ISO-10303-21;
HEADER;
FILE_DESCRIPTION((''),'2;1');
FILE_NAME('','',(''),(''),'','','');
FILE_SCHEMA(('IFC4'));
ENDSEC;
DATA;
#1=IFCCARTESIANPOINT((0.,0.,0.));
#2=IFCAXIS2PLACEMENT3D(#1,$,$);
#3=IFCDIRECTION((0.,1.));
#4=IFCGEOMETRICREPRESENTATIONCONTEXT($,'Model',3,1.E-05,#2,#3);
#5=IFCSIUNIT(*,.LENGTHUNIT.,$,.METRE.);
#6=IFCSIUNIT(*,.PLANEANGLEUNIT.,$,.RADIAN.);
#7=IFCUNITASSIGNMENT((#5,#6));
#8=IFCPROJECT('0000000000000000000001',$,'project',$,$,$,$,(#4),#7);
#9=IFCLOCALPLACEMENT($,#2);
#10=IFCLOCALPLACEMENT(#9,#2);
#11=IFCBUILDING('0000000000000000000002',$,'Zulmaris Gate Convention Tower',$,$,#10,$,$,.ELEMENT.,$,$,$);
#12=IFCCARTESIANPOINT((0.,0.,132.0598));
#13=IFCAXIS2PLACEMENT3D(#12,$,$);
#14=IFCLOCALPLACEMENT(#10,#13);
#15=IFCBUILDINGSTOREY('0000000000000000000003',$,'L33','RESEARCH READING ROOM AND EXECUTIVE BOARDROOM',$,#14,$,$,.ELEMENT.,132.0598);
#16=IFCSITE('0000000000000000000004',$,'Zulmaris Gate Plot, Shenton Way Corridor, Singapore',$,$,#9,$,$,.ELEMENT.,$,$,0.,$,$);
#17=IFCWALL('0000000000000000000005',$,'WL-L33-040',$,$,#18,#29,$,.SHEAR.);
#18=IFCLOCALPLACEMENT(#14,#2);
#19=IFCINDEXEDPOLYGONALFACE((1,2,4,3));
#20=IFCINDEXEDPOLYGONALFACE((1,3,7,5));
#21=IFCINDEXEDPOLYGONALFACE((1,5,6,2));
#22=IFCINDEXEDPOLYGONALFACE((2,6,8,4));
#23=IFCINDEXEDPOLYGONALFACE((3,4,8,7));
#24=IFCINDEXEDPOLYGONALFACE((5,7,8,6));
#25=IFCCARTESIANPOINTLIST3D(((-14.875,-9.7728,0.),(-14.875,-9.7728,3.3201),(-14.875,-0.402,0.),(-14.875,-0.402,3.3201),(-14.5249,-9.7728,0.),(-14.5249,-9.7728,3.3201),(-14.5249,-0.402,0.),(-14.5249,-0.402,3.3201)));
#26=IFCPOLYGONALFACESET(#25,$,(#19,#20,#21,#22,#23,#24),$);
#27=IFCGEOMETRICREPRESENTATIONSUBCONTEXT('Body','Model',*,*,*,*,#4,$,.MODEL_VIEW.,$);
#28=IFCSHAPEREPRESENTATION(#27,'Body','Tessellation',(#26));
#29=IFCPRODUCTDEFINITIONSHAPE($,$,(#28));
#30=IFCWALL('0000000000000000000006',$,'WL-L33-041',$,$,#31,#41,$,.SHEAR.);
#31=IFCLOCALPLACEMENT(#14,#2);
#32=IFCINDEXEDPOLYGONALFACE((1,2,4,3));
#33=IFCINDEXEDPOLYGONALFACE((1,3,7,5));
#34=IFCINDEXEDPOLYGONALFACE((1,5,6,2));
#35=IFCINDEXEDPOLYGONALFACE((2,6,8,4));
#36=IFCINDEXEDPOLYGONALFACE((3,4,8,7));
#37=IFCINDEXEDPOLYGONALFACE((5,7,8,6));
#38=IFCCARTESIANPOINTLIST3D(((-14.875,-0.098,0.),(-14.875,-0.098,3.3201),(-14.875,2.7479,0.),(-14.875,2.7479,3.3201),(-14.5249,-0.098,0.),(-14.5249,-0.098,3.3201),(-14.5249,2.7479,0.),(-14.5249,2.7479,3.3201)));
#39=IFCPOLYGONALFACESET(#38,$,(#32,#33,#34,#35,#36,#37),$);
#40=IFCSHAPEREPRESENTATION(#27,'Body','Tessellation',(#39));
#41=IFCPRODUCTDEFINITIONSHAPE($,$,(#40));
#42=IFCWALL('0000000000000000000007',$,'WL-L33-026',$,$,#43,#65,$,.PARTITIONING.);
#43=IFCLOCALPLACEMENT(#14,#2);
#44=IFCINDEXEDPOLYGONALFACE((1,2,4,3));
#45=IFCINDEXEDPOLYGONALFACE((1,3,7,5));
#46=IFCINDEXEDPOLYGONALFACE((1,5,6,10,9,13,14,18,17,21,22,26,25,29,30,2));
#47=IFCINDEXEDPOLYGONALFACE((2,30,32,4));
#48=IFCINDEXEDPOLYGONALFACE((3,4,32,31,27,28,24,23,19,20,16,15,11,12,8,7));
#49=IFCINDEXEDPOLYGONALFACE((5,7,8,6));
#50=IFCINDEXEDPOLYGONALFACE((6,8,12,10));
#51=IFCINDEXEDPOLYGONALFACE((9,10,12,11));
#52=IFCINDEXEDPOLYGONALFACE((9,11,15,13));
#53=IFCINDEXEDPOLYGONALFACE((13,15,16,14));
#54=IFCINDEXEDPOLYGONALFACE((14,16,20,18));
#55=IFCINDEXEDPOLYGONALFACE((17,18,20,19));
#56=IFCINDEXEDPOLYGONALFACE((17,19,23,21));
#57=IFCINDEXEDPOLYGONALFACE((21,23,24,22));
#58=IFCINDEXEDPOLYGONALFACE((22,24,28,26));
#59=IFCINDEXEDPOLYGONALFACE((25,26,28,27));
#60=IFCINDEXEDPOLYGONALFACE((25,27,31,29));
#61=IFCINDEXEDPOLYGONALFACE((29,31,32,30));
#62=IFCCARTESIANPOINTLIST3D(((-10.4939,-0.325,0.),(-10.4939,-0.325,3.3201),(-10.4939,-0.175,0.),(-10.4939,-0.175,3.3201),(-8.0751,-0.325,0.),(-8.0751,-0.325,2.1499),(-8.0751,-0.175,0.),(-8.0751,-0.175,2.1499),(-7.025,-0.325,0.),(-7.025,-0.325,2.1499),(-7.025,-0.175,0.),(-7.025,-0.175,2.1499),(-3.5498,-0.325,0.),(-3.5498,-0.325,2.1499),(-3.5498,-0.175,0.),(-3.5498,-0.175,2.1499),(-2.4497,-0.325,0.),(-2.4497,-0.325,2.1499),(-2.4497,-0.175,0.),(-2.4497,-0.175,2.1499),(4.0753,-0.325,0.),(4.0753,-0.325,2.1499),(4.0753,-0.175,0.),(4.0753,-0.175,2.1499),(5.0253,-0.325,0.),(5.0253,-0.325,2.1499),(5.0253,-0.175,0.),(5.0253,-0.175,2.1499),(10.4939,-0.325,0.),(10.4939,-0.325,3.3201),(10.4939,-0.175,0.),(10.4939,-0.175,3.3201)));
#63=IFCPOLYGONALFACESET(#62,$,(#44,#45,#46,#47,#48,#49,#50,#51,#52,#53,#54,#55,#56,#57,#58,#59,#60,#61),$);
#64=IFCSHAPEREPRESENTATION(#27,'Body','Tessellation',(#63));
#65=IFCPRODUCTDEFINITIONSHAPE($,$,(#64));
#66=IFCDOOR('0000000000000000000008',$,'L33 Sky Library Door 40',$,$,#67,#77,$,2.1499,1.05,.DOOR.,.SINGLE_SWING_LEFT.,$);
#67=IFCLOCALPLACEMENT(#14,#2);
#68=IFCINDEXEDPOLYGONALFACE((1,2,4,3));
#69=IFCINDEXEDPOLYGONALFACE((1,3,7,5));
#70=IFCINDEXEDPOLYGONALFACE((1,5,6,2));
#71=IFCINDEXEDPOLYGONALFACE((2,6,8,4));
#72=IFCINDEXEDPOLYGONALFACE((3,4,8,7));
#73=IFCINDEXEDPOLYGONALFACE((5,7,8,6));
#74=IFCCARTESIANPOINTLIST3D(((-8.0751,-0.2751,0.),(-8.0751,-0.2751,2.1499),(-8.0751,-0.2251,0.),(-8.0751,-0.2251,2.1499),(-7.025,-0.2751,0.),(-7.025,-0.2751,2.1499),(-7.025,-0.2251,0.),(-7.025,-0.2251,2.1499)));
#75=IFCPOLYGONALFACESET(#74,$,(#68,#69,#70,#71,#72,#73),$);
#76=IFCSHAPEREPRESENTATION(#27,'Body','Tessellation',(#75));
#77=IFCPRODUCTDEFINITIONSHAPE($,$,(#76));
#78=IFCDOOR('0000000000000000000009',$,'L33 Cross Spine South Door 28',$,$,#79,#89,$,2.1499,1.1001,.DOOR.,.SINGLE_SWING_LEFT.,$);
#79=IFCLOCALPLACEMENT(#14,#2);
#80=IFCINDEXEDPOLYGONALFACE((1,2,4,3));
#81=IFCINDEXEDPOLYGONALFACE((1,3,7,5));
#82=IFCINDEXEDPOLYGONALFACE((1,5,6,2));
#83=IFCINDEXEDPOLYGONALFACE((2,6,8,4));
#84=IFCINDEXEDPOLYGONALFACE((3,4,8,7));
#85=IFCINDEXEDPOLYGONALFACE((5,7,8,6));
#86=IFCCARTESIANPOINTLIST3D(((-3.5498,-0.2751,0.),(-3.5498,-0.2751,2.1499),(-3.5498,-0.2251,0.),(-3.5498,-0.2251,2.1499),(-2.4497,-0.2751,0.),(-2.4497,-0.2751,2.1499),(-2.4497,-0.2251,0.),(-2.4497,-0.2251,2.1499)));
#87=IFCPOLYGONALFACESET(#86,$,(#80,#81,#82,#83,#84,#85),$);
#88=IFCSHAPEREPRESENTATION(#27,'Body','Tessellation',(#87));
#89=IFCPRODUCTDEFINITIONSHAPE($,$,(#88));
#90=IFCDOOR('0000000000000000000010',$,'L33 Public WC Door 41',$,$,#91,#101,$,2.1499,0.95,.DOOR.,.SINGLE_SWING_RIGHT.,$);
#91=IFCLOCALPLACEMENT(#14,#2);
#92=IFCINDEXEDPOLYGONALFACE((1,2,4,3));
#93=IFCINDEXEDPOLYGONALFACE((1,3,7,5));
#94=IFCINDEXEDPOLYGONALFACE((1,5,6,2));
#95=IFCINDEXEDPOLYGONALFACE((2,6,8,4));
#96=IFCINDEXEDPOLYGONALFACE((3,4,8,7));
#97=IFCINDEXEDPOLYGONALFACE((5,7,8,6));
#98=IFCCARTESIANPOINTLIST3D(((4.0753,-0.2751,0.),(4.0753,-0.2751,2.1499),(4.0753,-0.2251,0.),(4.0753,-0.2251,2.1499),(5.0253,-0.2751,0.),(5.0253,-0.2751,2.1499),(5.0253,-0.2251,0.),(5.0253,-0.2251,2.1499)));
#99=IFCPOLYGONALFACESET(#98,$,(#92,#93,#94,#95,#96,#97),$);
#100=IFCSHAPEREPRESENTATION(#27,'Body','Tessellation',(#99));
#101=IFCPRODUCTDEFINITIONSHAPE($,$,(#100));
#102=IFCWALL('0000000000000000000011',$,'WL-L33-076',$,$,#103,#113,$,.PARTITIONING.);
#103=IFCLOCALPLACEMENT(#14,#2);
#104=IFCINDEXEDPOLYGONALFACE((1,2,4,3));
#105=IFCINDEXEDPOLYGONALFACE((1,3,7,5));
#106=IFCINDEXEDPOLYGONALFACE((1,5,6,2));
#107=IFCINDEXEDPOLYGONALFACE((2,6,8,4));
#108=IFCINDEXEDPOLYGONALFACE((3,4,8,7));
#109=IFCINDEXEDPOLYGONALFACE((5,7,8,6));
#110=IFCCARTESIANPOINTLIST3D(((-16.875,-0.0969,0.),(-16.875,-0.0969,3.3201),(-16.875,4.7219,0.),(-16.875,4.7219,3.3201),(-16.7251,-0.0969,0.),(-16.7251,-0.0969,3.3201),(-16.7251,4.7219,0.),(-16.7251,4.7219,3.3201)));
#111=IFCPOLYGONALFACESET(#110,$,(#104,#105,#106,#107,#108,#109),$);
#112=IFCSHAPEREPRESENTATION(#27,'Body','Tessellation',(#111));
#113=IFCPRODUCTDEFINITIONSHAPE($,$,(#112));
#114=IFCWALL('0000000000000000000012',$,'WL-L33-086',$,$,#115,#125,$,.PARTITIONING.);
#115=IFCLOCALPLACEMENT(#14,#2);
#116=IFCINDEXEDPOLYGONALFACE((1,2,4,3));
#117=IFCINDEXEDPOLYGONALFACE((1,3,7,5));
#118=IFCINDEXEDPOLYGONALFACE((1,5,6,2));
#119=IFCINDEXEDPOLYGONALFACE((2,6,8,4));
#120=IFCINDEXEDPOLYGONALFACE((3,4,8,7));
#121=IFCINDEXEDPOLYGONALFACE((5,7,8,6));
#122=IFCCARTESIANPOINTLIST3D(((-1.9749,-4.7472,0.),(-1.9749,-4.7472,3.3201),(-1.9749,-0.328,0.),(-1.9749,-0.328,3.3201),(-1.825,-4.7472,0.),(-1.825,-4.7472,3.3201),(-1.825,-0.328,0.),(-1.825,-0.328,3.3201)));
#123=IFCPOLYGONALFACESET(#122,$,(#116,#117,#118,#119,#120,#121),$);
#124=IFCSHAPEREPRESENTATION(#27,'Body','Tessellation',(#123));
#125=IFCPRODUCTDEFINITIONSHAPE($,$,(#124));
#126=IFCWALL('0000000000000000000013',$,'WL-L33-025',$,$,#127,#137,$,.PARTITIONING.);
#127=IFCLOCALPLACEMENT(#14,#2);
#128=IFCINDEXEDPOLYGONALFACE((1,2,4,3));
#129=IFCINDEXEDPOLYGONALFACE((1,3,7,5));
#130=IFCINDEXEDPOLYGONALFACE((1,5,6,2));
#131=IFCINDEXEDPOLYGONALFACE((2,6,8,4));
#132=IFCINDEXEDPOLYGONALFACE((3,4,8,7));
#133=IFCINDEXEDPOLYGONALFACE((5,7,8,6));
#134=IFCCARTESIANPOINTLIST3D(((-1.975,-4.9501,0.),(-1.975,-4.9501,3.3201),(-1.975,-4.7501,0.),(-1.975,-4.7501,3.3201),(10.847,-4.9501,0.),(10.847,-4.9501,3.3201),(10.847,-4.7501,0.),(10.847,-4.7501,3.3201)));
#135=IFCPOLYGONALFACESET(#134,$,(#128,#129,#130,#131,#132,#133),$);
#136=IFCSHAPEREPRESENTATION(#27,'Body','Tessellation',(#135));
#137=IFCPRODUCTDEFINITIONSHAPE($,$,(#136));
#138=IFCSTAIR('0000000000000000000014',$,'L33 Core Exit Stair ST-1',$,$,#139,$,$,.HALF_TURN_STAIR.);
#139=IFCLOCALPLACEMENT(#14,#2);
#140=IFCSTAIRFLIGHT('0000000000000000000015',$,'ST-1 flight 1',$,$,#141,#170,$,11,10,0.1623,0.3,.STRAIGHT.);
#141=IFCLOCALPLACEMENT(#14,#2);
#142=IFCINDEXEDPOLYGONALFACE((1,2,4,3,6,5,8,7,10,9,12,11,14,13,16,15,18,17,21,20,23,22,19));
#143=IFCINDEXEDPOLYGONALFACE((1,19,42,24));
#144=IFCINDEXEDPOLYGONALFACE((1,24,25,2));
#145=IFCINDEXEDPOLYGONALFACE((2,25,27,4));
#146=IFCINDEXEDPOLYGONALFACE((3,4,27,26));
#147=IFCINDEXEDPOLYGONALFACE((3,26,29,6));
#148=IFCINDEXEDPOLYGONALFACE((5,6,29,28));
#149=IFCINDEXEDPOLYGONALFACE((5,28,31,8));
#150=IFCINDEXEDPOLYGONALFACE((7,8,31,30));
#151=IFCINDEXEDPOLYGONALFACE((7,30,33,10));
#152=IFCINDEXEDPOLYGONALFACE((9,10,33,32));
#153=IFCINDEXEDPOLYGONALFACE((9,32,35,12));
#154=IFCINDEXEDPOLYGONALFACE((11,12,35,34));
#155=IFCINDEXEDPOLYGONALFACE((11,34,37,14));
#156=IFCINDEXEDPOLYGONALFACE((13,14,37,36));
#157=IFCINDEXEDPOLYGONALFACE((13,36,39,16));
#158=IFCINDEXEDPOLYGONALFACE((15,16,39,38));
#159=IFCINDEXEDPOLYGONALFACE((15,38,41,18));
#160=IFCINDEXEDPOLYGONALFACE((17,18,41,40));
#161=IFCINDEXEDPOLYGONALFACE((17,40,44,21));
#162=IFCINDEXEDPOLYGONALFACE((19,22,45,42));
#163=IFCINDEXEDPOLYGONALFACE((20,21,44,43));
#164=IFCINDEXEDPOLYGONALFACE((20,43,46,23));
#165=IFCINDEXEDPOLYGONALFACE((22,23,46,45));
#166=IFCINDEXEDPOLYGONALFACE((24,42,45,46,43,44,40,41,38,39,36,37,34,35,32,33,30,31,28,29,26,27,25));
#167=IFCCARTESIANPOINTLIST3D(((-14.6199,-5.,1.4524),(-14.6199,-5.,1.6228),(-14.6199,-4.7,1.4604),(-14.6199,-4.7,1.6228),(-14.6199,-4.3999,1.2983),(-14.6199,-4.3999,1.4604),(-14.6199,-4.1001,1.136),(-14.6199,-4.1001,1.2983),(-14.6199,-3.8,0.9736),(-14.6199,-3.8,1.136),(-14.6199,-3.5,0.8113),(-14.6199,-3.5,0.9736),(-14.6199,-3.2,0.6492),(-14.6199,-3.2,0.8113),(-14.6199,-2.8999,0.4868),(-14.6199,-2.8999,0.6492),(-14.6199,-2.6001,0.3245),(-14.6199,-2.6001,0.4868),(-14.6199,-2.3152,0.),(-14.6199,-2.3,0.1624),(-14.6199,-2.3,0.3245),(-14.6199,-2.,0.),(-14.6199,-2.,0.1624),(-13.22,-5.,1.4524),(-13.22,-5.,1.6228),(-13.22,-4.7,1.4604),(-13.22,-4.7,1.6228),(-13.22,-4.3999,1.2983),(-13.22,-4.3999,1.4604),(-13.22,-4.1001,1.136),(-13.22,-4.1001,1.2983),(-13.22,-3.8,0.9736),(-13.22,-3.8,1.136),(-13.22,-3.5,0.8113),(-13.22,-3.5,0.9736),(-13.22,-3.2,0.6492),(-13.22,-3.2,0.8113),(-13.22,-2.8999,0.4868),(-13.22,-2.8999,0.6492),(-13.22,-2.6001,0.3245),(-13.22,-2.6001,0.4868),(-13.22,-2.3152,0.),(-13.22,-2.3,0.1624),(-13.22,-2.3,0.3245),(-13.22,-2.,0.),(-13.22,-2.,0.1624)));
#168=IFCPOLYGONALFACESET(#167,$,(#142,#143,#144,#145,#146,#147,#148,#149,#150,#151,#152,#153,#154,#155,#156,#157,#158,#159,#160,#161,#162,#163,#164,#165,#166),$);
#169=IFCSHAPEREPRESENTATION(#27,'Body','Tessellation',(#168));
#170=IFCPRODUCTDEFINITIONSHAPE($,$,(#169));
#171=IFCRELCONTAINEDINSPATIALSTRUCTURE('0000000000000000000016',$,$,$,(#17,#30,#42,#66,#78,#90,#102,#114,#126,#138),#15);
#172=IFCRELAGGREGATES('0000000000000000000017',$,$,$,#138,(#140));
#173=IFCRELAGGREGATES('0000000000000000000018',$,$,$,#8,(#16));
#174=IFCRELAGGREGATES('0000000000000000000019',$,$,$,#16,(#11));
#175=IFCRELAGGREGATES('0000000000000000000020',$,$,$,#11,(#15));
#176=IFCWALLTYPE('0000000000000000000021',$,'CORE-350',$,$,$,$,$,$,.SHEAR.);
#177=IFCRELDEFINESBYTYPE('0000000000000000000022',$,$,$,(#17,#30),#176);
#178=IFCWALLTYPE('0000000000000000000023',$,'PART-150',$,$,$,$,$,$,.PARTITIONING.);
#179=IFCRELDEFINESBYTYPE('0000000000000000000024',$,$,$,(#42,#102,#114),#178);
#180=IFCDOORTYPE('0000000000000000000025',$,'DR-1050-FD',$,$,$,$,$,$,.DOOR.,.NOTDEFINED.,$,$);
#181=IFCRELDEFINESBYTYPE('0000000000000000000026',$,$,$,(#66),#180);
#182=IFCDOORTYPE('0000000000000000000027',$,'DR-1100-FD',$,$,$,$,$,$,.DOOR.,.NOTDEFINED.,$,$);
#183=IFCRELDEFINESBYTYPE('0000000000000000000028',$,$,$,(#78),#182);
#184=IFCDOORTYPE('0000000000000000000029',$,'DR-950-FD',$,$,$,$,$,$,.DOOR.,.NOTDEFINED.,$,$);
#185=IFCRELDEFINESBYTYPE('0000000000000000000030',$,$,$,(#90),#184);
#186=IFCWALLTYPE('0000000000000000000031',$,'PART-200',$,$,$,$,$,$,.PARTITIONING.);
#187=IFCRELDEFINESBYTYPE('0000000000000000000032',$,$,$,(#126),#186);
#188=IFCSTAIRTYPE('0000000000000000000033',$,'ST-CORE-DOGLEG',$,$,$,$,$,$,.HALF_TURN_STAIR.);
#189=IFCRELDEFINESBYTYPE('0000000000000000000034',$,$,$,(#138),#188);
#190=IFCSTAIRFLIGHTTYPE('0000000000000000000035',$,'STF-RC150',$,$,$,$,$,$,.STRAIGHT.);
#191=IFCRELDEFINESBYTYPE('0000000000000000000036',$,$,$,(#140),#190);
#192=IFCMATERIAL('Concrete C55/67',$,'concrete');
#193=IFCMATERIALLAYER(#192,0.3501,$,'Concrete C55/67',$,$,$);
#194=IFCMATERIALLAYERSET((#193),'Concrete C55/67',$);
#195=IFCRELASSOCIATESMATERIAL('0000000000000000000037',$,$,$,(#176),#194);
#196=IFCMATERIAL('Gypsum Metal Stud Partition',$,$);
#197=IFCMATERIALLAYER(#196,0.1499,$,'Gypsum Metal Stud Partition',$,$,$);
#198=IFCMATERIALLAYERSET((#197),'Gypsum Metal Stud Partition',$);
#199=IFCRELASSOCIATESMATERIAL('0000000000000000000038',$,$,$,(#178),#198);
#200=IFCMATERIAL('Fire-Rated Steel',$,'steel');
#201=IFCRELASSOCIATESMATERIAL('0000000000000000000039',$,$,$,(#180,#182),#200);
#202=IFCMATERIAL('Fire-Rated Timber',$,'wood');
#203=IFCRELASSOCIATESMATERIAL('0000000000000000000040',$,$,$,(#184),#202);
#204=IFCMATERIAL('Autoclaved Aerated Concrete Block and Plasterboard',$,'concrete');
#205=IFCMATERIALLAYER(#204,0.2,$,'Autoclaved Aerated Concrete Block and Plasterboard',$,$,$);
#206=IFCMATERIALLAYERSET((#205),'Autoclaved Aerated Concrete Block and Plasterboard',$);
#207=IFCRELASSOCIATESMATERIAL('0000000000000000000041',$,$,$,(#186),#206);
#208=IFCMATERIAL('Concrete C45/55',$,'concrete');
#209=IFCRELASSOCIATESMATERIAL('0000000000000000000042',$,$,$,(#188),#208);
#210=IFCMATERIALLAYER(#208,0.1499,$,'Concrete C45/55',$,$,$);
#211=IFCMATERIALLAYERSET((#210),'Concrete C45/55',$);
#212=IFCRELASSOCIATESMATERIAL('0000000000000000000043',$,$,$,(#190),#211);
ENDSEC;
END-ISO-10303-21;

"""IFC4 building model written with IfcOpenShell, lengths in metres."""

from ifc_helpers import new_model, si_unit, direction, frame, frame_2d, origin, place, context, subcontext, project, spatial, polyline, rectangle, outline, extrude, material, layer, layer_set, type_object, element, fill, aggregate, save


model = new_model("IFC4")

# Units and contexts
model_context = context("Model", 3, precision=1e-05, world=origin(), true_north=direction((0.0, 1.0)))
body_context = subcontext(model_context, "Body", "Model", "MODEL_VIEW")
ifc_project = project(units=[si_unit("LENGTHUNIT", "METRE"), si_unit("PLANEANGLEUNIT", "RADIAN")], contexts=[model_context])

# Site, building, storey
site_placement = place(None, origin())
site = spatial("IfcSite", under=ifc_project, at=site_placement, Name="Zulmaris Gate Plot, Shenton Way Corridor, Singapore", CompositionType="ELEMENT", RefElevation=0.0)
building_placement = place(site_placement, origin())
building = spatial("IfcBuilding", under=site, at=building_placement, Name="Zulmaris Gate Convention Tower", CompositionType="ELEMENT")
storey_placement = place(building_placement, frame((0.0, 0.0, 132.0598)))
storey = spatial("IfcBuildingStorey", under=building, at=storey_placement, Name="L33", Description="RESEARCH READING ROOM AND EXECUTIVE BOARDROOM", CompositionType="ELEMENT", Elevation=132.0598)

# Walls
ifc_material_1 = material(Name="Concrete C55/67", Category="concrete")
ifc_layer_1 = layer(ifc_material_1, 0.3501, Name="Concrete C55/67")
ifc_layer_set_1 = layer_set([ifc_layer_1], Name="Concrete C55/67")
wall_type_1 = type_object("IfcWallType", Name="CORE-350", PredefinedType="SHEAR", material=ifc_layer_set_1)
wall_1_placement = place(storey_placement, frame((-14.7, -9.7729, 0.0), z_axis=(0.0, 0.0, 1.0), x_axis=(0.0, 1.0, 0.0)))
element("IfcWall", 1, at=wall_1_placement, inside=storey, type_object=wall_type_1, Name="WL-L33-040", PredefinedType="SHEAR", context=body_context, shape_type="SweptSolid", body=[
    extrude(rectangle(XDim=9.3708, YDim=0.3501, at=frame_2d((4.6855, 0.0))), origin(), (0.0, 0.0, 1.0), 3.3201),
])
wall_2_placement = place(storey_placement, frame((-14.7, -0.0979, 0.0), z_axis=(0.0, 0.0, 1.0), x_axis=(0.0, 1.0, 0.0)))
element("IfcWall", 2, at=wall_2_placement, inside=storey, type_object=wall_type_1, Name="WL-L33-041", PredefinedType="SHEAR", context=body_context, shape_type="SweptSolid", body=[
    extrude(rectangle(XDim=2.8459, YDim=0.3501, at=frame_2d((1.4229, 0.0))), origin(), (0.0, 0.0, 1.0), 3.3201),
])

# Wall, openings, doors
ifc_material_2 = material(Name="Gypsum Metal Stud Partition")
ifc_layer_2 = layer(ifc_material_2, 0.1499, Name="Gypsum Metal Stud Partition")
ifc_layer_set_2 = layer_set([ifc_layer_2], Name="Gypsum Metal Stud Partition")
wall_type_2 = type_object("IfcWallType", Name="PART-150", PredefinedType="PARTITIONING", material=ifc_layer_set_2)
wall_3_placement = place(storey_placement, frame((-10.4939, -0.25, 0.0), z_axis=(0.0, 0.0, 1.0), x_axis=(1.0, 0.0, 0.0)))
wall_3 = element("IfcWall", 3, at=wall_3_placement, inside=storey, type_object=wall_type_2, Name="WL-L33-026", PredefinedType="PARTITIONING", context=body_context, shape_type="SweptSolid", body=[
    extrude(rectangle(XDim=20.9878, YDim=0.1499, at=frame_2d((10.4939, 0.0))), origin(), (0.0, 0.0, 1.0), 3.3201),
])
opening_1_placement = place(wall_3_placement, frame((6.9441, 0.0, 0.0)))
opening_1 = element("IfcOpeningElement", 4, at=opening_1_placement, cuts=wall_3, PredefinedType="OPENING", context=body_context, shape_type="SweptSolid", body=[
    extrude(rectangle(XDim=1.1001, YDim=2.1499, at=frame_2d((0.55, 1.075))), frame((0.0, 0.085, 0.0), z_axis=(0.0, -1.0, 0.0), x_axis=(1.0, 0.0, 0.0)), (0.0, 0.0, 1.0), 0.1699),
])
opening_2_placement = place(wall_3_placement, frame((2.4189, 0.0, 0.0)))
opening_2 = element("IfcOpeningElement", 5, at=opening_2_placement, cuts=wall_3, PredefinedType="OPENING", context=body_context, shape_type="SweptSolid", body=[
    extrude(rectangle(XDim=1.05, YDim=2.1499, at=frame_2d((0.5249, 1.075))), frame((0.0, 0.085, 0.0), z_axis=(0.0, -1.0, 0.0), x_axis=(1.0, 0.0, 0.0)), (0.0, 0.0, 1.0), 0.1699),
])
opening_3_placement = place(wall_3_placement, frame((14.5691, 0.0, 0.0)))
opening_3 = element("IfcOpeningElement", 6, at=opening_3_placement, cuts=wall_3, PredefinedType="OPENING", context=body_context, shape_type="SweptSolid", body=[
    extrude(rectangle(XDim=0.95, YDim=2.1499, at=frame_2d((0.4751, 1.075))), frame((0.0, 0.085, 0.0), z_axis=(0.0, -1.0, 0.0), x_axis=(1.0, 0.0, 0.0)), (0.0, 0.0, 1.0), 0.1699),
])
ifc_material_3 = material(Name="Fire-Rated Steel", Category="steel")
door_type_1 = type_object("IfcDoorType", Name="DR-1050-FD", OperationType="NOTDEFINED", PredefinedType="DOOR", material=ifc_material_3)
door_1_placement = place(opening_2_placement, origin())
door_1 = element("IfcDoor", 7, at=door_1_placement, inside=storey, type_object=door_type_1, Name="L33 Sky Library Door 40", OperationType="SINGLE_SWING_LEFT", OverallHeight=2.1499, OverallWidth=1.05, PredefinedType="DOOR", context=body_context, shape_type="SweptSolid", body=[
    extrude(rectangle(XDim=1.05, YDim=2.1499, at=frame_2d((0.5249, 1.075))), frame((0.0, 0.0249, 0.0), z_axis=(0.0, -1.0, 0.0), x_axis=(1.0, 0.0, 0.0)), (0.0, 0.0, 1.0), 0.05),
])
fill(opening_2, door_1)
door_type_2 = type_object("IfcDoorType", Name="DR-1100-FD", OperationType="NOTDEFINED", PredefinedType="DOOR", material=ifc_material_3)
door_2_placement = place(opening_1_placement, origin())
door_2 = element("IfcDoor", 8, at=door_2_placement, inside=storey, type_object=door_type_2, Name="L33 Cross Spine South Door 28", OperationType="SINGLE_SWING_LEFT", OverallHeight=2.1499, OverallWidth=1.1001, PredefinedType="DOOR", context=body_context, shape_type="SweptSolid", body=[
    extrude(rectangle(XDim=1.1001, YDim=2.1499, at=frame_2d((0.55, 1.075))), frame((0.0, 0.0249, 0.0), z_axis=(0.0, -1.0, 0.0), x_axis=(1.0, 0.0, 0.0)), (0.0, 0.0, 1.0), 0.05),
])
fill(opening_1, door_2)
ifc_material_4 = material(Name="Fire-Rated Timber", Category="wood")
door_type_3 = type_object("IfcDoorType", Name="DR-950-FD", OperationType="NOTDEFINED", PredefinedType="DOOR", material=ifc_material_4)
door_3_placement = place(opening_3_placement, origin())
door_3 = element("IfcDoor", 9, at=door_3_placement, inside=storey, type_object=door_type_3, Name="L33 Public WC Door 41", OperationType="SINGLE_SWING_RIGHT", OverallHeight=2.1499, OverallWidth=0.95, PredefinedType="DOOR", context=body_context, shape_type="SweptSolid", body=[
    extrude(rectangle(XDim=0.95, YDim=2.1499, at=frame_2d((0.4751, 1.075))), frame((0.0, 0.0249, 0.0), z_axis=(0.0, -1.0, 0.0), x_axis=(1.0, 0.0, 0.0)), (0.0, 0.0, 1.0), 0.05),
])
fill(opening_3, door_3)

# Walls
wall_4_placement = place(storey_placement, frame((-16.8, -0.0969, 0.0), z_axis=(0.0, 0.0, 1.0), x_axis=(0.0, 1.0, 0.0)))
element("IfcWall", 10, at=wall_4_placement, inside=storey, type_object=wall_type_2, Name="WL-L33-076", PredefinedType="PARTITIONING", context=body_context, shape_type="SweptSolid", body=[
    extrude(rectangle(XDim=4.8188, YDim=0.1499, at=frame_2d((2.4094, 0.0))), origin(), (0.0, 0.0, 1.0), 3.3201),
])
wall_5_placement = place(storey_placement, frame((-1.8999, -4.7471, 0.0), z_axis=(0.0, 0.0, 1.0), x_axis=(0.0, 1.0, 0.0)))
element("IfcWall", 11, at=wall_5_placement, inside=storey, type_object=wall_type_2, Name="WL-L33-086", PredefinedType="PARTITIONING", context=body_context, shape_type="SweptSolid", body=[
    extrude(rectangle(XDim=4.4192, YDim=0.1499, at=frame_2d((2.2095, 0.0))), origin(), (0.0, 0.0, 1.0), 3.3201),
])
ifc_material_5 = material(Name="Autoclaved Aerated Concrete Block and Plasterboard", Category="concrete")
ifc_layer_3 = layer(ifc_material_5, 0.2, Name="Autoclaved Aerated Concrete Block and Plasterboard")
ifc_layer_set_3 = layer_set([ifc_layer_3], Name="Autoclaved Aerated Concrete Block and Plasterboard")
wall_type_3 = type_object("IfcWallType", Name="PART-200", PredefinedType="PARTITIONING", material=ifc_layer_set_3)
wall_6_placement = place(storey_placement, frame((-1.9751, -4.8501, 0.0), z_axis=(0.0, 0.0, 1.0), x_axis=(1.0, 0.0, 0.0)))
element("IfcWall", 12, at=wall_6_placement, inside=storey, type_object=wall_type_3, Name="WL-L33-025", PredefinedType="PARTITIONING", context=body_context, shape_type="SweptSolid", body=[
    extrude(rectangle(XDim=12.822, YDim=0.2, at=frame_2d((6.4111, 0.0))), origin(), (0.0, 0.0, 1.0), 3.3201),
])

# Stair, stair flight
ifc_material_6 = material(Name="Concrete C45/55", Category="concrete")
stair_type = type_object("IfcStairType", Name="ST-CORE-DOGLEG", PredefinedType="HALF_TURN_STAIR", material=ifc_material_6)
stair_1_placement = place(storey_placement, origin())
stair_1 = element("IfcStair", 13, at=stair_1_placement, inside=storey, type_object=stair_type, Name="L33 Core Exit Stair ST-1", PredefinedType="HALF_TURN_STAIR")
ifc_layer_4 = layer(ifc_material_6, 0.1499, Name="Concrete C45/55")
ifc_layer_set_4 = layer_set([ifc_layer_4], Name="Concrete C45/55")
stair_flight_type = type_object("IfcStairFlightType", Name="STF-RC150", PredefinedType="STRAIGHT", material=ifc_layer_set_4)
stair_flight_1_placement = place(storey_placement, frame((-13.9199, -2.0, 0.0), z_axis=(0.0, 0.0, 1.0), x_axis=(0.0, -1.0, 0.0)))
stair_flight_1 = element("IfcStairFlight", 14, at=stair_flight_1_placement, type_object=stair_flight_type, Name="ST-1 flight 1", NumberOfRisers=11, NumberOfTreads=10, PredefinedType="STRAIGHT", RiserHeight=0.1623, TreadLength=0.3, context=body_context, shape_type="SweptSolid", body=[
    extrude(outline(polyline([(0.0, 0.0), (0.0, 0.1624), (0.3, 0.1624), (0.3, 0.3245), (0.6001, 0.3245), (0.6001, 0.4868), (0.8999, 0.4868), (0.8999, 0.6492), (1.2, 0.6492), (1.2, 0.8113), (1.5, 0.8113), (1.5, 0.9736), (1.8, 0.9736), (1.8, 1.136), (2.1001, 1.136), (2.1001, 1.2983), (2.3999, 1.2983), (2.3999, 1.4604), (2.7, 1.4604), (2.7, 1.6228), (3.0, 1.6228), (3.0, 1.7852), (3.0, 1.4524), (0.3152, 0.0), (0.0, 0.0)])), frame((0.0, 0.7, 0.0), z_axis=(0.0, -1.0, 0.0), x_axis=(1.0, 0.0, 0.0)), (0.0, 0.0, 1.0), 1.3999),
])
aggregate(stair_1, [stair_flight_1])

save(model, "model.ifc")
